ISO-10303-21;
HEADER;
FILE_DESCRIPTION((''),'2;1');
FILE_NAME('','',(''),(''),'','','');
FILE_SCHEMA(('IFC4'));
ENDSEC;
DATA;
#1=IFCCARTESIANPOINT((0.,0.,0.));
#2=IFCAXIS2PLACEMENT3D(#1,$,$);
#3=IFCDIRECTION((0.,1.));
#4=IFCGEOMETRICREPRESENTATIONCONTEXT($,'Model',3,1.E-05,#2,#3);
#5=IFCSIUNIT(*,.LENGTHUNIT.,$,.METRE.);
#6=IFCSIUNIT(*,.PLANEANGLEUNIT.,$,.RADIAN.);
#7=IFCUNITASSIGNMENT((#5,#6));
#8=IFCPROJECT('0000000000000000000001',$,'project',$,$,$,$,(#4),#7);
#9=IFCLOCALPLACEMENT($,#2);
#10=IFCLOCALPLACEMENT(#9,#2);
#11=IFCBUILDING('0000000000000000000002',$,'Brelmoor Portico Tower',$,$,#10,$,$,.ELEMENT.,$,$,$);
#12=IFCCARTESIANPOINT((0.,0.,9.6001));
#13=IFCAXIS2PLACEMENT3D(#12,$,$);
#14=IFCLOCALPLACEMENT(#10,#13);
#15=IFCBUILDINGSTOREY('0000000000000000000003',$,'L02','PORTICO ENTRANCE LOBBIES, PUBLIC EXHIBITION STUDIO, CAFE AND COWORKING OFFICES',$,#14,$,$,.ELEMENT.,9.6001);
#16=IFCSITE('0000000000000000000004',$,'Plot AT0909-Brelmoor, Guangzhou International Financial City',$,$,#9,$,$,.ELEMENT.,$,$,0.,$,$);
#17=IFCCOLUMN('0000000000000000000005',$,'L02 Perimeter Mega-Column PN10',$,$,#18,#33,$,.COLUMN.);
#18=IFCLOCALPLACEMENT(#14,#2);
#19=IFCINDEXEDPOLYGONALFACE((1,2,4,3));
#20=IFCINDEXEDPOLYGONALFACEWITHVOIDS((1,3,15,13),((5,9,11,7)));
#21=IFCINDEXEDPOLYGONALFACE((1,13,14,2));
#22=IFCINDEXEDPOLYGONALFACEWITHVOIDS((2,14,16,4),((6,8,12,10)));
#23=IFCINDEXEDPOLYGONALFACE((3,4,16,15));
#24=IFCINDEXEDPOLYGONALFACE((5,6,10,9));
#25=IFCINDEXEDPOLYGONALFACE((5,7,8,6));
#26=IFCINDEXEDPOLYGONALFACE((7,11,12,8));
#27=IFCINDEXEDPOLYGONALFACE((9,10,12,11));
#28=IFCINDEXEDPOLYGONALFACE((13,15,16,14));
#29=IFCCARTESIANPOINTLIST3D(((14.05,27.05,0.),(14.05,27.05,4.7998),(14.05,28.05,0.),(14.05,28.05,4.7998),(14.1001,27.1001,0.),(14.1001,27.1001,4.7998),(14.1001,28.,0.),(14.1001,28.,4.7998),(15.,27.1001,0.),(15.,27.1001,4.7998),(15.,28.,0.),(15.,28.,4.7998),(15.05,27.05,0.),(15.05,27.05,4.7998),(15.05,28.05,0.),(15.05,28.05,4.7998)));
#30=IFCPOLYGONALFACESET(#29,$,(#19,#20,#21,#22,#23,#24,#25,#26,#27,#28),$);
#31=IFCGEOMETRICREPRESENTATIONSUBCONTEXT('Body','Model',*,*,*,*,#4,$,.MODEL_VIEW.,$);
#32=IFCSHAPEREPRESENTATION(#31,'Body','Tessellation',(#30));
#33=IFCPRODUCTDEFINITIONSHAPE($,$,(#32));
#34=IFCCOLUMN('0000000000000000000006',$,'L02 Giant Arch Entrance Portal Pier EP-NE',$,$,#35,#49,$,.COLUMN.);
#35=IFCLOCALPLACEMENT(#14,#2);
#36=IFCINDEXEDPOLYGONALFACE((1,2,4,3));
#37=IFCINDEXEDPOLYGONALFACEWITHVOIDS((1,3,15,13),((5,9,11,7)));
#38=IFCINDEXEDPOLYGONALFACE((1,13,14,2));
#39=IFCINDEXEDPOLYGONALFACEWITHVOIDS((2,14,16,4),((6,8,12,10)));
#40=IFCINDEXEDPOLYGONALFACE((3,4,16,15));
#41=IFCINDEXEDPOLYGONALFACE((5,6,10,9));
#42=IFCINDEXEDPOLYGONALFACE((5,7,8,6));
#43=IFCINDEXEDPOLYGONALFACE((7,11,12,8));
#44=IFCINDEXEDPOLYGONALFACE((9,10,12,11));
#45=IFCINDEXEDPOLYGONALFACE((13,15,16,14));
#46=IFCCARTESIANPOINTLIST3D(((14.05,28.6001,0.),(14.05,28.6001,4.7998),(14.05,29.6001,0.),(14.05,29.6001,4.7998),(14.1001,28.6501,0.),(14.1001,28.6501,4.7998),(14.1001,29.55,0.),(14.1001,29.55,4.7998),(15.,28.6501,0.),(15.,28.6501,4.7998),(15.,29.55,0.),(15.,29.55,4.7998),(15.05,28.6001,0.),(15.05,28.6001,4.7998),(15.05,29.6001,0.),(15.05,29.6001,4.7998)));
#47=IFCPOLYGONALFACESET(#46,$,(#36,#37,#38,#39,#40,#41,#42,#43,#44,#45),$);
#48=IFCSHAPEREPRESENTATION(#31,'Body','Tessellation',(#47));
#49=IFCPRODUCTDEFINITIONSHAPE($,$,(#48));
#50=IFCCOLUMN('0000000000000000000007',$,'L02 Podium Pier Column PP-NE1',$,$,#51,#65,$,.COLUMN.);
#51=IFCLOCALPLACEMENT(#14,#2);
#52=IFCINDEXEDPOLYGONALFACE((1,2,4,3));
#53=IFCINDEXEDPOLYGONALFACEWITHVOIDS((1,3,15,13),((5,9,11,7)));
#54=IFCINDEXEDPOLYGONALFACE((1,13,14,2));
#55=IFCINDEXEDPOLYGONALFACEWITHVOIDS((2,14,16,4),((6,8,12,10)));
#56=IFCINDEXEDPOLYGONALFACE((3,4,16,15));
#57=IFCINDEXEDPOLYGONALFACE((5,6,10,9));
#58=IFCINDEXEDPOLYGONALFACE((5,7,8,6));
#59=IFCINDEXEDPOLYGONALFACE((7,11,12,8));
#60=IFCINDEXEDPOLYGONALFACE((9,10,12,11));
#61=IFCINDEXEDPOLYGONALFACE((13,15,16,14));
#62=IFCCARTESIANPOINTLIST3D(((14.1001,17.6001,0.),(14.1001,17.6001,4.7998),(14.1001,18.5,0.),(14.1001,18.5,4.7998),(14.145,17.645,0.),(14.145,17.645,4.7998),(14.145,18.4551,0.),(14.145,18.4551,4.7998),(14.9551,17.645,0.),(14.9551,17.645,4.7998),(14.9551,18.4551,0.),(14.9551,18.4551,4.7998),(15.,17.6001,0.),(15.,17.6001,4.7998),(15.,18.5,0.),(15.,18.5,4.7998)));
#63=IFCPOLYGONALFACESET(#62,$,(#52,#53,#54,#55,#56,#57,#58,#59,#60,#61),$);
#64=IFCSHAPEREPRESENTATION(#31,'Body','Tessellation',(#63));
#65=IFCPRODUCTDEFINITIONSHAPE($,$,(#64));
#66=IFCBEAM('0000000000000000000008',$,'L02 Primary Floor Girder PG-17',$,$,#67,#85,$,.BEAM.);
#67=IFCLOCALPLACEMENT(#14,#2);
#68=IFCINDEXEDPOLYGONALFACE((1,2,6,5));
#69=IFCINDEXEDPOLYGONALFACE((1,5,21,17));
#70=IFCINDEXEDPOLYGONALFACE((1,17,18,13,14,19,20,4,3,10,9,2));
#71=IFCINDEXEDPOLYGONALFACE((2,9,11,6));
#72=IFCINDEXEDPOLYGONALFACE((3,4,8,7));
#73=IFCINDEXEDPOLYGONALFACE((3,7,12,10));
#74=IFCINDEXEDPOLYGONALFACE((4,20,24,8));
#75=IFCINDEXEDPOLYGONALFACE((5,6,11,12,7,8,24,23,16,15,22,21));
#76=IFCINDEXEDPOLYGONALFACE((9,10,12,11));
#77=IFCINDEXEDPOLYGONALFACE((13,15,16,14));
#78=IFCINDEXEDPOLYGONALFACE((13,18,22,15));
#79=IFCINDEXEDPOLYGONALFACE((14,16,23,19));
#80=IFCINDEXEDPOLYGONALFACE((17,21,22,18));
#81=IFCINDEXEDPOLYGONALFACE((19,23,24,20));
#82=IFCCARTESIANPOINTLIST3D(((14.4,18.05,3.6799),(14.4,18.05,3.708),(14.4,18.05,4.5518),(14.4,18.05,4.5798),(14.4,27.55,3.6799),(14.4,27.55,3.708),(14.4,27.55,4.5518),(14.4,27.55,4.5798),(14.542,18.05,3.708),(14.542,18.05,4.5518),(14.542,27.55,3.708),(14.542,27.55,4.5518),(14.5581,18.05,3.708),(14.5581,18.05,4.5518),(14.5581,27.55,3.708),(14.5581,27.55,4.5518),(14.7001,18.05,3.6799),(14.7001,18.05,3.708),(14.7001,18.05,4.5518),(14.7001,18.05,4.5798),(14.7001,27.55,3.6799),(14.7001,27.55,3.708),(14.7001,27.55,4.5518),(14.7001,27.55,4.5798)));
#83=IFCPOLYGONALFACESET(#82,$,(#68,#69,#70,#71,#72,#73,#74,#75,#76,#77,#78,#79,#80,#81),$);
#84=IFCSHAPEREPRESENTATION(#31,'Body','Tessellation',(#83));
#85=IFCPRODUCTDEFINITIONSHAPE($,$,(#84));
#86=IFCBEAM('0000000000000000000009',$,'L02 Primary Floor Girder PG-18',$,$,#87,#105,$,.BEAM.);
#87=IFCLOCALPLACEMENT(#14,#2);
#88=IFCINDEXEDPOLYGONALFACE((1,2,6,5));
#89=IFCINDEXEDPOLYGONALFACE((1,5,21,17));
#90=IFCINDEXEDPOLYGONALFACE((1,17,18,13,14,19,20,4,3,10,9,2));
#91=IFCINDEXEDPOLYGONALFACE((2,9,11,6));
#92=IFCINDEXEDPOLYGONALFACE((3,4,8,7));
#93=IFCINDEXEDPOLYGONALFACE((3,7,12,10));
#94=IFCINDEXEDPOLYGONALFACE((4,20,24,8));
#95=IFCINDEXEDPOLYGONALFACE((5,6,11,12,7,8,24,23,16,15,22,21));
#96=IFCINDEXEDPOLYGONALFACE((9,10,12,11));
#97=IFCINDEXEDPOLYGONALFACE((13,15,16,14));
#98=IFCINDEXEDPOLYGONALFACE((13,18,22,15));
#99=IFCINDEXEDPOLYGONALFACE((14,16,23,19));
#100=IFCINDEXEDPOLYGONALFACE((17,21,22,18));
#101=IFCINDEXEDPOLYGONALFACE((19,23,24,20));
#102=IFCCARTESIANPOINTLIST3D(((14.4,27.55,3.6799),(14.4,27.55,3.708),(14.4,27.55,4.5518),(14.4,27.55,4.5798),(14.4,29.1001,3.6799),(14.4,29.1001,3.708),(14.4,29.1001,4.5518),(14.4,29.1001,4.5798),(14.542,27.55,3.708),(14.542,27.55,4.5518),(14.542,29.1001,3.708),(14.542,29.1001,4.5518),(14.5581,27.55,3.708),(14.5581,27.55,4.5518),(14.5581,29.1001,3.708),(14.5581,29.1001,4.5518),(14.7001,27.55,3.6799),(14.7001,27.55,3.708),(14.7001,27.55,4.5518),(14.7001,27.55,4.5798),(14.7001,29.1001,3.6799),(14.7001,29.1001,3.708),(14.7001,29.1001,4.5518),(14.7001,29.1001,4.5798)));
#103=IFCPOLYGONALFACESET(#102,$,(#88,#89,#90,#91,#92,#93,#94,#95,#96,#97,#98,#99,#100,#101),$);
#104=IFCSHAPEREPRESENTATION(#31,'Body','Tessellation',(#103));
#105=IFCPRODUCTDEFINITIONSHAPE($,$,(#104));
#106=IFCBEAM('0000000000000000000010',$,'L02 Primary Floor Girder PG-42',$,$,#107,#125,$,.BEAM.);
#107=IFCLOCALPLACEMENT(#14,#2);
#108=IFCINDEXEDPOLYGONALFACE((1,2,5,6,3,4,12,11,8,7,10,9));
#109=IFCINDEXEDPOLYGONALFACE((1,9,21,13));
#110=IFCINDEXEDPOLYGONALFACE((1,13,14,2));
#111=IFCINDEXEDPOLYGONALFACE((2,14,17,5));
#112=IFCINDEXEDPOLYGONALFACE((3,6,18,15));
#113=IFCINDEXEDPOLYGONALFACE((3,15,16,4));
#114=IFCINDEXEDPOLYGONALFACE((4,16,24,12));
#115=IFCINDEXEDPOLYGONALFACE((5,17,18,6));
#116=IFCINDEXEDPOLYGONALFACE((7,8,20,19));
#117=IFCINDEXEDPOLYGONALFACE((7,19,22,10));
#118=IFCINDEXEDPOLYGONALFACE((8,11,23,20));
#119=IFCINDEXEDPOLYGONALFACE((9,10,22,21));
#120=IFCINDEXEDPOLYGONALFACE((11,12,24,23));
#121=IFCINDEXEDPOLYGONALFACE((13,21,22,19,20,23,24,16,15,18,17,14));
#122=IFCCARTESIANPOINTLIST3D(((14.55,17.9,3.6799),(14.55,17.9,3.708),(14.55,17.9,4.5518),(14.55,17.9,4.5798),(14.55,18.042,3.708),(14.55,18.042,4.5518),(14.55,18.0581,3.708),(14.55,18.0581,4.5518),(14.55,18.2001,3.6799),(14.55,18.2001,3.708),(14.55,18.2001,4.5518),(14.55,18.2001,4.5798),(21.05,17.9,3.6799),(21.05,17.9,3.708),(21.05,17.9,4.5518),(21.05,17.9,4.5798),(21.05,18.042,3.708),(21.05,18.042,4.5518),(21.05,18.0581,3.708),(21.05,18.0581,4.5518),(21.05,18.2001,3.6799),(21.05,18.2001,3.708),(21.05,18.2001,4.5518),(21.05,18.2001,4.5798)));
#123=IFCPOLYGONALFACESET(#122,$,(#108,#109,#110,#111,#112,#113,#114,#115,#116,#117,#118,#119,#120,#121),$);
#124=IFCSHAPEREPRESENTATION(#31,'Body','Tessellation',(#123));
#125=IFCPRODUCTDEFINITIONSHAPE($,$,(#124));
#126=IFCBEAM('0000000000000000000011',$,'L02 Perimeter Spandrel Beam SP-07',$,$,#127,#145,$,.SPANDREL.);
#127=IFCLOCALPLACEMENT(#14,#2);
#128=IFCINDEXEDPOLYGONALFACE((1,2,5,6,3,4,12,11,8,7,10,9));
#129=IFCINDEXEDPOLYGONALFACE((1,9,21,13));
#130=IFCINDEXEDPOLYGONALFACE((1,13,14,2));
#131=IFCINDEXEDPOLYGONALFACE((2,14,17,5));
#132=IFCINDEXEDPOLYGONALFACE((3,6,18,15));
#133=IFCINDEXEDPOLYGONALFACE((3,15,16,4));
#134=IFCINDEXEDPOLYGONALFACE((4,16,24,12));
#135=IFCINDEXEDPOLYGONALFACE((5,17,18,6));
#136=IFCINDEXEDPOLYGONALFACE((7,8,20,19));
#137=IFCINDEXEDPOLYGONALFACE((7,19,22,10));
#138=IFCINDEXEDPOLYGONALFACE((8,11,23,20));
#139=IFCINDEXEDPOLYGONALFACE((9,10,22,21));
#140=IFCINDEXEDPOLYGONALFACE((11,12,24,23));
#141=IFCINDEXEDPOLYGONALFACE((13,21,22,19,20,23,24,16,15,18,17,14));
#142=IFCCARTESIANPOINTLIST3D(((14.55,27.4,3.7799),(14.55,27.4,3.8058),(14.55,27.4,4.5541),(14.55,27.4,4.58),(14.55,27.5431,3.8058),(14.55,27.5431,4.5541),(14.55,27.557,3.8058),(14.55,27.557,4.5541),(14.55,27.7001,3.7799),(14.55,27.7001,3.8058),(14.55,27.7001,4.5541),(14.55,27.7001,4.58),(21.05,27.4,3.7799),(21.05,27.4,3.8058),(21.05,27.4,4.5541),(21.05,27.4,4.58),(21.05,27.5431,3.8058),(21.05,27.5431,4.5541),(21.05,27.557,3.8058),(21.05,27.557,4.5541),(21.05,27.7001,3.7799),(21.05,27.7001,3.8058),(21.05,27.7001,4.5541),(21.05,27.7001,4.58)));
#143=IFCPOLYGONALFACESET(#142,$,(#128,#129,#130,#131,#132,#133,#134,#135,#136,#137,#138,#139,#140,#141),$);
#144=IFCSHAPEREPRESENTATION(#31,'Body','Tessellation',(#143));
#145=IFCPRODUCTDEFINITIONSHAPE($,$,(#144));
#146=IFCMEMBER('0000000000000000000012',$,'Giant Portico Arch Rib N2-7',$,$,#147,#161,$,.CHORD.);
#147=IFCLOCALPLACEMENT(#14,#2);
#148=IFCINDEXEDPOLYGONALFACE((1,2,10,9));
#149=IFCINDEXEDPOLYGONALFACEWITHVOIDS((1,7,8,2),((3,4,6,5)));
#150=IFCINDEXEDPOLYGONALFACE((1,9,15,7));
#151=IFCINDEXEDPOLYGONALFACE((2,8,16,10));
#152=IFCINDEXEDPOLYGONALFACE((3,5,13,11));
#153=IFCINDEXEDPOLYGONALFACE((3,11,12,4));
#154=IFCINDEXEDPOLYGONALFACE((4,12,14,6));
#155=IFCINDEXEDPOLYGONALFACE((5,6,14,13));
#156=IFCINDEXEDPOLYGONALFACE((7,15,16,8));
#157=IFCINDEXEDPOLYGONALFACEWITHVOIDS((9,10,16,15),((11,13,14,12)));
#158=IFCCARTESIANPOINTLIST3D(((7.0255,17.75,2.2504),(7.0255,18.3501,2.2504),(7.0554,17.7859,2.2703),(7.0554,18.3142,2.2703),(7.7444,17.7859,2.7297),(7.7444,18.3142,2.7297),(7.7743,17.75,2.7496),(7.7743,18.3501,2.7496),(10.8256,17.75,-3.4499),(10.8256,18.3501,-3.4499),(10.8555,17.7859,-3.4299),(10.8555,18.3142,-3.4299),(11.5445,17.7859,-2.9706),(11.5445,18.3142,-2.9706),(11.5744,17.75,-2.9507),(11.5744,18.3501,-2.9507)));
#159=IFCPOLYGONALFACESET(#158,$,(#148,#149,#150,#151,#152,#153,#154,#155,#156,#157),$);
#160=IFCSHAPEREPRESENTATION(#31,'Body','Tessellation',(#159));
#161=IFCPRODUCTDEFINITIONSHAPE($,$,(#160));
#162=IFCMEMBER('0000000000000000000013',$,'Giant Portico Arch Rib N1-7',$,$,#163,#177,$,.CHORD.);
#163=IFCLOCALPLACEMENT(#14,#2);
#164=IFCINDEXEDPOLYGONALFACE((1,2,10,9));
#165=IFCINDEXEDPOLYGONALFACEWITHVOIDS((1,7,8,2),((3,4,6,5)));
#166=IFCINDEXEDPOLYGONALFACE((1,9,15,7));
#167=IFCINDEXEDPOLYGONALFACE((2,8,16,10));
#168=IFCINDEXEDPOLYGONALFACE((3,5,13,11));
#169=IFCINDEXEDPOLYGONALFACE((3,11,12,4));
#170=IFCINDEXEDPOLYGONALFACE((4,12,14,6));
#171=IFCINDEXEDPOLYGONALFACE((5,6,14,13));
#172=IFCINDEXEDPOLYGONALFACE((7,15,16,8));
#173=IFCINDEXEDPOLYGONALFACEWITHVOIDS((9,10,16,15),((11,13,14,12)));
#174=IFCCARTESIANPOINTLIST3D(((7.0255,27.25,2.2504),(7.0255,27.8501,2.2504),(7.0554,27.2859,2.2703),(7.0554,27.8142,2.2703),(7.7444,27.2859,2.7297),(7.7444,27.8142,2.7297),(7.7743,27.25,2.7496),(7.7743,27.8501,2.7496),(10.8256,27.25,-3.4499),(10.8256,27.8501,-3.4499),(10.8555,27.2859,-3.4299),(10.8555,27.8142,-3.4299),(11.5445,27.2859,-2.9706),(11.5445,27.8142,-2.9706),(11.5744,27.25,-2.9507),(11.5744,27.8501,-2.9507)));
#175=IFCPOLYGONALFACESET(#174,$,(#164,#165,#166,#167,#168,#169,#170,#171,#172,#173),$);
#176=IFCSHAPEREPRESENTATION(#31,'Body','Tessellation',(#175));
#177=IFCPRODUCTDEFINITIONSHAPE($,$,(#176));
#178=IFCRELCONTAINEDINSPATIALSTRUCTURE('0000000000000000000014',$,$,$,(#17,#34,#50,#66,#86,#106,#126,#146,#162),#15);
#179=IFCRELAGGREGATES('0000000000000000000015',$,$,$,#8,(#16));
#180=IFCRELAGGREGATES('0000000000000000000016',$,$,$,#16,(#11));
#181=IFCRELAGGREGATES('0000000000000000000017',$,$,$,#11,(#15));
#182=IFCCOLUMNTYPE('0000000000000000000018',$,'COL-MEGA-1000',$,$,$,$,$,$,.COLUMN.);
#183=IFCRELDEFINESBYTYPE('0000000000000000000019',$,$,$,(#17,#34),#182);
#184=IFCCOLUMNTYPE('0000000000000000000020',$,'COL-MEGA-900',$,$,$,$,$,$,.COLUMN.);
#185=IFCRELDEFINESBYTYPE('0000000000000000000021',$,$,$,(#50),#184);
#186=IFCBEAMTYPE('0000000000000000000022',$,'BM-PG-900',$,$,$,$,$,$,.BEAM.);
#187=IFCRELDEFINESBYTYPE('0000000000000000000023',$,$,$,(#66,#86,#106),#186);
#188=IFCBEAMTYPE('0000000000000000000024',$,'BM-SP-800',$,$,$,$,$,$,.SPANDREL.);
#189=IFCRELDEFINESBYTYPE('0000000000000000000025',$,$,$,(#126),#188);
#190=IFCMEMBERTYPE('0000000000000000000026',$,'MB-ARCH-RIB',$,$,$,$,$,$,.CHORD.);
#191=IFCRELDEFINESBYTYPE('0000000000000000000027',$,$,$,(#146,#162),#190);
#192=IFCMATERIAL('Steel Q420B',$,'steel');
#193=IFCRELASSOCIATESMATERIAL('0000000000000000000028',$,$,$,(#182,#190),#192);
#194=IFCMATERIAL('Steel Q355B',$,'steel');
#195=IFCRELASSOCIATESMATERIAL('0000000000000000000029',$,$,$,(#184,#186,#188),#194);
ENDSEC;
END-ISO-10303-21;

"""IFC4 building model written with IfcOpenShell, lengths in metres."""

from ifc_helpers import new_model, si_unit, direction, frame, origin, origin_2d, place, context, subcontext, project, spatial, hollow_rectangle, i_section, extrude, material, material_profile, profile_set, type_object, element, save


model = new_model("IFC4")

# Units and contexts
model_context = context("Model", 3, precision=1e-05, world=origin(), true_north=direction((0.0, 1.0)))
body_context = subcontext(model_context, "Body", "Model", "MODEL_VIEW")
ifc_project = project(units=[si_unit("LENGTHUNIT", "METRE"), si_unit("PLANEANGLEUNIT", "RADIAN")], contexts=[model_context])

# Site, building, storey
site_placement = place(None, origin())
site = spatial("IfcSite", under=ifc_project, at=site_placement, Name="Plot AT0909-Brelmoor, Guangzhou International Financial City", CompositionType="ELEMENT", RefElevation=0.0)
building_placement = place(site_placement, origin())
building = spatial("IfcBuilding", under=site, at=building_placement, Name="Brelmoor Portico Tower", CompositionType="ELEMENT")
storey_placement = place(building_placement, frame((0.0, 0.0, 9.6001)))
storey = spatial("IfcBuildingStorey", under=building, at=storey_placement, Name="L02", Description="PORTICO ENTRANCE LOBBIES, PUBLIC EXHIBITION STUDIO, CAFE AND COWORKING OFFICES", CompositionType="ELEMENT", Elevation=9.6001)

# Columns
ifc_material_1 = material(Name="Steel Q420B", Category="steel")
ifc_material_profile_1 = material_profile(ifc_material_1, hollow_rectangle(XDim=1.0, YDim=1.0, WallThickness=0.05, at=origin_2d()), Name="BOX 1000x1000x50")
ifc_profile_set_1 = profile_set([ifc_material_profile_1], Name="Steel Q420B")
column_type_1 = type_object("IfcColumnType", Name="COL-MEGA-1000", PredefinedType="COLUMN", material=ifc_profile_set_1)
for number, where, z_axis, x_axis, name in (
    (1, (14.55, 27.55, 0.0), (0.0, 0.0, 1.0), (1.0, 0.0, 0.0), "L02 Perimeter Mega-Column PN10"),
    (2, (14.55, 29.1001, 0.0), (0.0, 0.0, 1.0), (1.0, 0.0, 0.0), "L02 Giant Arch Entrance Portal Pier EP-NE"),
):
    element("IfcColumn", number, at=place(storey_placement, frame(where, z_axis=z_axis, x_axis=x_axis)), inside=storey, type_object=column_type_1, Name=name, PredefinedType="COLUMN", context=body_context, shape_type="SweptSolid", body=[
        extrude(hollow_rectangle(XDim=1.0, YDim=1.0, WallThickness=0.05, at=origin_2d()), origin(), (0.0, 0.0, 1.0), 4.7998),
    ])
ifc_material_2 = material(Name="Steel Q355B", Category="steel")
ifc_material_profile_2 = material_profile(ifc_material_2, hollow_rectangle(XDim=0.8999, YDim=0.8999, WallThickness=0.0449, at=origin_2d()), Name="BOX 900x900x45")
ifc_profile_set_2 = profile_set([ifc_material_profile_2], Name="Steel Q355B")
column_type_2 = type_object("IfcColumnType", Name="COL-MEGA-900", PredefinedType="COLUMN", material=ifc_profile_set_2)
column_placement = place(storey_placement, frame((14.55, 18.05, 0.0), z_axis=(0.0, 0.0, 1.0), x_axis=(1.0, 0.0, 0.0)))
element("IfcColumn", 3, at=column_placement, inside=storey, type_object=column_type_2, Name="L02 Podium Pier Column PP-NE1", PredefinedType="COLUMN", context=body_context, shape_type="SweptSolid", body=[
    extrude(hollow_rectangle(XDim=0.8999, YDim=0.8999, WallThickness=0.0449, at=origin_2d()), origin(), (0.0, 0.0, 1.0), 4.7998),
])

# Beams
ifc_material_profile_3 = material_profile(ifc_material_2, i_section(OverallWidth=0.3, OverallDepth=0.8999, WebThickness=0.0161, FlangeThickness=0.0281, at=origin_2d()), Name="HN 900x300x16x28")
ifc_profile_set_3 = profile_set([ifc_material_profile_3], Name="Steel Q355B")
beam_type_1 = type_object("IfcBeamType", Name="BM-PG-900", PredefinedType="BEAM", material=ifc_profile_set_3)
beam_1_placement = place(storey_placement, frame((14.55, 18.05, 4.1299), z_axis=(0.0, 1.0, 0.0), x_axis=(-1.0, 0.0, 0.0)))
element("IfcBeam", 4, at=beam_1_placement, inside=storey, type_object=beam_type_1, Name="L02 Primary Floor Girder PG-17", PredefinedType="BEAM", context=body_context, shape_type="SweptSolid", body=[
    extrude(i_section(OverallWidth=0.3, OverallDepth=0.8999, WebThickness=0.0161, FlangeThickness=0.0281, at=origin_2d()), origin(), (0.0, 0.0, 1.0), 9.5),
])
beam_2_placement = place(storey_placement, frame((14.55, 27.55, 4.1299), z_axis=(0.0, 1.0, 0.0), x_axis=(-1.0, 0.0, 0.0)))
element("IfcBeam", 5, at=beam_2_placement, inside=storey, type_object=beam_type_1, Name="L02 Primary Floor Girder PG-18", PredefinedType="BEAM", context=body_context, shape_type="SweptSolid", body=[
    extrude(i_section(OverallWidth=0.3, OverallDepth=0.8999, WebThickness=0.0161, FlangeThickness=0.0281, at=origin_2d()), origin(), (0.0, 0.0, 1.0), 1.55),
])
beam_3_placement = place(storey_placement, frame((14.55, 18.05, 4.1299), z_axis=(1.0, 0.0, 0.0), x_axis=(0.0, 1.0, 0.0)))
element("IfcBeam", 6, at=beam_3_placement, inside=storey, type_object=beam_type_1, Name="L02 Primary Floor Girder PG-42", PredefinedType="BEAM", context=body_context, shape_type="SweptSolid", body=[
    extrude(i_section(OverallWidth=0.3, OverallDepth=0.8999, WebThickness=0.0161, FlangeThickness=0.0281, at=origin_2d()), origin(), (0.0, 0.0, 1.0), 6.5),
])
ifc_material_profile_4 = material_profile(ifc_material_2, i_section(OverallWidth=0.3, OverallDepth=0.8, WebThickness=0.0139, FlangeThickness=0.0259, at=origin_2d()), Name="HN 800x300x14x26")
ifc_profile_set_4 = profile_set([ifc_material_profile_4], Name="Steel Q355B")
beam_type_2 = type_object("IfcBeamType", Name="BM-SP-800", PredefinedType="SPANDREL", material=ifc_profile_set_4)
beam_4_placement = place(storey_placement, frame((14.55, 27.55, 4.1799), z_axis=(1.0, 0.0, 0.0), x_axis=(0.0, 1.0, 0.0)))
element("IfcBeam", 7, at=beam_4_placement, inside=storey, type_object=beam_type_2, Name="L02 Perimeter Spandrel Beam SP-07", PredefinedType="SPANDREL", context=body_context, shape_type="SweptSolid", body=[
    extrude(i_section(OverallWidth=0.3, OverallDepth=0.8, WebThickness=0.0139, FlangeThickness=0.0259, at=origin_2d()), origin(), (0.0, 0.0, 1.0), 6.5),
])

# Members
ifc_material_profile_5 = material_profile(ifc_material_1, hollow_rectangle(XDim=0.6001, YDim=0.8999, WallThickness=0.0359, at=origin_2d()), Name="RHS 600x900x36")
ifc_profile_set_5 = profile_set([ifc_material_profile_5], Name="Steel Q420B")
member_type_1 = type_object("IfcMemberType", Name="MB-ARCH-RIB", PredefinedType="CHORD", material=ifc_profile_set_5)
for number, where, z_axis, x_axis, name in (
    (8, (7.3999, 18.05, 2.5), (0.554692, 0.0, -0.832056), (0.0, 1.0, 0.0), "Giant Portico Arch Rib N2-7"),
    (9, (7.3999, 27.55, 2.5), (0.554692, 0.0, -0.832056), (0.0, 1.0, 0.0), "Giant Portico Arch Rib N1-7"),
):
    element("IfcMember", number, at=place(storey_placement, frame(where, z_axis=z_axis, x_axis=x_axis)), inside=storey, type_object=member_type_1, Name=name, PredefinedType="CHORD", context=body_context, shape_type="SweptSolid", body=[
        extrude(hollow_rectangle(XDim=0.6001, YDim=0.8999, WallThickness=0.0359, at=origin_2d()), origin(), (0.0, 0.0, 1.0), 6.8508),
    ])

save(model, "model.ifc")
